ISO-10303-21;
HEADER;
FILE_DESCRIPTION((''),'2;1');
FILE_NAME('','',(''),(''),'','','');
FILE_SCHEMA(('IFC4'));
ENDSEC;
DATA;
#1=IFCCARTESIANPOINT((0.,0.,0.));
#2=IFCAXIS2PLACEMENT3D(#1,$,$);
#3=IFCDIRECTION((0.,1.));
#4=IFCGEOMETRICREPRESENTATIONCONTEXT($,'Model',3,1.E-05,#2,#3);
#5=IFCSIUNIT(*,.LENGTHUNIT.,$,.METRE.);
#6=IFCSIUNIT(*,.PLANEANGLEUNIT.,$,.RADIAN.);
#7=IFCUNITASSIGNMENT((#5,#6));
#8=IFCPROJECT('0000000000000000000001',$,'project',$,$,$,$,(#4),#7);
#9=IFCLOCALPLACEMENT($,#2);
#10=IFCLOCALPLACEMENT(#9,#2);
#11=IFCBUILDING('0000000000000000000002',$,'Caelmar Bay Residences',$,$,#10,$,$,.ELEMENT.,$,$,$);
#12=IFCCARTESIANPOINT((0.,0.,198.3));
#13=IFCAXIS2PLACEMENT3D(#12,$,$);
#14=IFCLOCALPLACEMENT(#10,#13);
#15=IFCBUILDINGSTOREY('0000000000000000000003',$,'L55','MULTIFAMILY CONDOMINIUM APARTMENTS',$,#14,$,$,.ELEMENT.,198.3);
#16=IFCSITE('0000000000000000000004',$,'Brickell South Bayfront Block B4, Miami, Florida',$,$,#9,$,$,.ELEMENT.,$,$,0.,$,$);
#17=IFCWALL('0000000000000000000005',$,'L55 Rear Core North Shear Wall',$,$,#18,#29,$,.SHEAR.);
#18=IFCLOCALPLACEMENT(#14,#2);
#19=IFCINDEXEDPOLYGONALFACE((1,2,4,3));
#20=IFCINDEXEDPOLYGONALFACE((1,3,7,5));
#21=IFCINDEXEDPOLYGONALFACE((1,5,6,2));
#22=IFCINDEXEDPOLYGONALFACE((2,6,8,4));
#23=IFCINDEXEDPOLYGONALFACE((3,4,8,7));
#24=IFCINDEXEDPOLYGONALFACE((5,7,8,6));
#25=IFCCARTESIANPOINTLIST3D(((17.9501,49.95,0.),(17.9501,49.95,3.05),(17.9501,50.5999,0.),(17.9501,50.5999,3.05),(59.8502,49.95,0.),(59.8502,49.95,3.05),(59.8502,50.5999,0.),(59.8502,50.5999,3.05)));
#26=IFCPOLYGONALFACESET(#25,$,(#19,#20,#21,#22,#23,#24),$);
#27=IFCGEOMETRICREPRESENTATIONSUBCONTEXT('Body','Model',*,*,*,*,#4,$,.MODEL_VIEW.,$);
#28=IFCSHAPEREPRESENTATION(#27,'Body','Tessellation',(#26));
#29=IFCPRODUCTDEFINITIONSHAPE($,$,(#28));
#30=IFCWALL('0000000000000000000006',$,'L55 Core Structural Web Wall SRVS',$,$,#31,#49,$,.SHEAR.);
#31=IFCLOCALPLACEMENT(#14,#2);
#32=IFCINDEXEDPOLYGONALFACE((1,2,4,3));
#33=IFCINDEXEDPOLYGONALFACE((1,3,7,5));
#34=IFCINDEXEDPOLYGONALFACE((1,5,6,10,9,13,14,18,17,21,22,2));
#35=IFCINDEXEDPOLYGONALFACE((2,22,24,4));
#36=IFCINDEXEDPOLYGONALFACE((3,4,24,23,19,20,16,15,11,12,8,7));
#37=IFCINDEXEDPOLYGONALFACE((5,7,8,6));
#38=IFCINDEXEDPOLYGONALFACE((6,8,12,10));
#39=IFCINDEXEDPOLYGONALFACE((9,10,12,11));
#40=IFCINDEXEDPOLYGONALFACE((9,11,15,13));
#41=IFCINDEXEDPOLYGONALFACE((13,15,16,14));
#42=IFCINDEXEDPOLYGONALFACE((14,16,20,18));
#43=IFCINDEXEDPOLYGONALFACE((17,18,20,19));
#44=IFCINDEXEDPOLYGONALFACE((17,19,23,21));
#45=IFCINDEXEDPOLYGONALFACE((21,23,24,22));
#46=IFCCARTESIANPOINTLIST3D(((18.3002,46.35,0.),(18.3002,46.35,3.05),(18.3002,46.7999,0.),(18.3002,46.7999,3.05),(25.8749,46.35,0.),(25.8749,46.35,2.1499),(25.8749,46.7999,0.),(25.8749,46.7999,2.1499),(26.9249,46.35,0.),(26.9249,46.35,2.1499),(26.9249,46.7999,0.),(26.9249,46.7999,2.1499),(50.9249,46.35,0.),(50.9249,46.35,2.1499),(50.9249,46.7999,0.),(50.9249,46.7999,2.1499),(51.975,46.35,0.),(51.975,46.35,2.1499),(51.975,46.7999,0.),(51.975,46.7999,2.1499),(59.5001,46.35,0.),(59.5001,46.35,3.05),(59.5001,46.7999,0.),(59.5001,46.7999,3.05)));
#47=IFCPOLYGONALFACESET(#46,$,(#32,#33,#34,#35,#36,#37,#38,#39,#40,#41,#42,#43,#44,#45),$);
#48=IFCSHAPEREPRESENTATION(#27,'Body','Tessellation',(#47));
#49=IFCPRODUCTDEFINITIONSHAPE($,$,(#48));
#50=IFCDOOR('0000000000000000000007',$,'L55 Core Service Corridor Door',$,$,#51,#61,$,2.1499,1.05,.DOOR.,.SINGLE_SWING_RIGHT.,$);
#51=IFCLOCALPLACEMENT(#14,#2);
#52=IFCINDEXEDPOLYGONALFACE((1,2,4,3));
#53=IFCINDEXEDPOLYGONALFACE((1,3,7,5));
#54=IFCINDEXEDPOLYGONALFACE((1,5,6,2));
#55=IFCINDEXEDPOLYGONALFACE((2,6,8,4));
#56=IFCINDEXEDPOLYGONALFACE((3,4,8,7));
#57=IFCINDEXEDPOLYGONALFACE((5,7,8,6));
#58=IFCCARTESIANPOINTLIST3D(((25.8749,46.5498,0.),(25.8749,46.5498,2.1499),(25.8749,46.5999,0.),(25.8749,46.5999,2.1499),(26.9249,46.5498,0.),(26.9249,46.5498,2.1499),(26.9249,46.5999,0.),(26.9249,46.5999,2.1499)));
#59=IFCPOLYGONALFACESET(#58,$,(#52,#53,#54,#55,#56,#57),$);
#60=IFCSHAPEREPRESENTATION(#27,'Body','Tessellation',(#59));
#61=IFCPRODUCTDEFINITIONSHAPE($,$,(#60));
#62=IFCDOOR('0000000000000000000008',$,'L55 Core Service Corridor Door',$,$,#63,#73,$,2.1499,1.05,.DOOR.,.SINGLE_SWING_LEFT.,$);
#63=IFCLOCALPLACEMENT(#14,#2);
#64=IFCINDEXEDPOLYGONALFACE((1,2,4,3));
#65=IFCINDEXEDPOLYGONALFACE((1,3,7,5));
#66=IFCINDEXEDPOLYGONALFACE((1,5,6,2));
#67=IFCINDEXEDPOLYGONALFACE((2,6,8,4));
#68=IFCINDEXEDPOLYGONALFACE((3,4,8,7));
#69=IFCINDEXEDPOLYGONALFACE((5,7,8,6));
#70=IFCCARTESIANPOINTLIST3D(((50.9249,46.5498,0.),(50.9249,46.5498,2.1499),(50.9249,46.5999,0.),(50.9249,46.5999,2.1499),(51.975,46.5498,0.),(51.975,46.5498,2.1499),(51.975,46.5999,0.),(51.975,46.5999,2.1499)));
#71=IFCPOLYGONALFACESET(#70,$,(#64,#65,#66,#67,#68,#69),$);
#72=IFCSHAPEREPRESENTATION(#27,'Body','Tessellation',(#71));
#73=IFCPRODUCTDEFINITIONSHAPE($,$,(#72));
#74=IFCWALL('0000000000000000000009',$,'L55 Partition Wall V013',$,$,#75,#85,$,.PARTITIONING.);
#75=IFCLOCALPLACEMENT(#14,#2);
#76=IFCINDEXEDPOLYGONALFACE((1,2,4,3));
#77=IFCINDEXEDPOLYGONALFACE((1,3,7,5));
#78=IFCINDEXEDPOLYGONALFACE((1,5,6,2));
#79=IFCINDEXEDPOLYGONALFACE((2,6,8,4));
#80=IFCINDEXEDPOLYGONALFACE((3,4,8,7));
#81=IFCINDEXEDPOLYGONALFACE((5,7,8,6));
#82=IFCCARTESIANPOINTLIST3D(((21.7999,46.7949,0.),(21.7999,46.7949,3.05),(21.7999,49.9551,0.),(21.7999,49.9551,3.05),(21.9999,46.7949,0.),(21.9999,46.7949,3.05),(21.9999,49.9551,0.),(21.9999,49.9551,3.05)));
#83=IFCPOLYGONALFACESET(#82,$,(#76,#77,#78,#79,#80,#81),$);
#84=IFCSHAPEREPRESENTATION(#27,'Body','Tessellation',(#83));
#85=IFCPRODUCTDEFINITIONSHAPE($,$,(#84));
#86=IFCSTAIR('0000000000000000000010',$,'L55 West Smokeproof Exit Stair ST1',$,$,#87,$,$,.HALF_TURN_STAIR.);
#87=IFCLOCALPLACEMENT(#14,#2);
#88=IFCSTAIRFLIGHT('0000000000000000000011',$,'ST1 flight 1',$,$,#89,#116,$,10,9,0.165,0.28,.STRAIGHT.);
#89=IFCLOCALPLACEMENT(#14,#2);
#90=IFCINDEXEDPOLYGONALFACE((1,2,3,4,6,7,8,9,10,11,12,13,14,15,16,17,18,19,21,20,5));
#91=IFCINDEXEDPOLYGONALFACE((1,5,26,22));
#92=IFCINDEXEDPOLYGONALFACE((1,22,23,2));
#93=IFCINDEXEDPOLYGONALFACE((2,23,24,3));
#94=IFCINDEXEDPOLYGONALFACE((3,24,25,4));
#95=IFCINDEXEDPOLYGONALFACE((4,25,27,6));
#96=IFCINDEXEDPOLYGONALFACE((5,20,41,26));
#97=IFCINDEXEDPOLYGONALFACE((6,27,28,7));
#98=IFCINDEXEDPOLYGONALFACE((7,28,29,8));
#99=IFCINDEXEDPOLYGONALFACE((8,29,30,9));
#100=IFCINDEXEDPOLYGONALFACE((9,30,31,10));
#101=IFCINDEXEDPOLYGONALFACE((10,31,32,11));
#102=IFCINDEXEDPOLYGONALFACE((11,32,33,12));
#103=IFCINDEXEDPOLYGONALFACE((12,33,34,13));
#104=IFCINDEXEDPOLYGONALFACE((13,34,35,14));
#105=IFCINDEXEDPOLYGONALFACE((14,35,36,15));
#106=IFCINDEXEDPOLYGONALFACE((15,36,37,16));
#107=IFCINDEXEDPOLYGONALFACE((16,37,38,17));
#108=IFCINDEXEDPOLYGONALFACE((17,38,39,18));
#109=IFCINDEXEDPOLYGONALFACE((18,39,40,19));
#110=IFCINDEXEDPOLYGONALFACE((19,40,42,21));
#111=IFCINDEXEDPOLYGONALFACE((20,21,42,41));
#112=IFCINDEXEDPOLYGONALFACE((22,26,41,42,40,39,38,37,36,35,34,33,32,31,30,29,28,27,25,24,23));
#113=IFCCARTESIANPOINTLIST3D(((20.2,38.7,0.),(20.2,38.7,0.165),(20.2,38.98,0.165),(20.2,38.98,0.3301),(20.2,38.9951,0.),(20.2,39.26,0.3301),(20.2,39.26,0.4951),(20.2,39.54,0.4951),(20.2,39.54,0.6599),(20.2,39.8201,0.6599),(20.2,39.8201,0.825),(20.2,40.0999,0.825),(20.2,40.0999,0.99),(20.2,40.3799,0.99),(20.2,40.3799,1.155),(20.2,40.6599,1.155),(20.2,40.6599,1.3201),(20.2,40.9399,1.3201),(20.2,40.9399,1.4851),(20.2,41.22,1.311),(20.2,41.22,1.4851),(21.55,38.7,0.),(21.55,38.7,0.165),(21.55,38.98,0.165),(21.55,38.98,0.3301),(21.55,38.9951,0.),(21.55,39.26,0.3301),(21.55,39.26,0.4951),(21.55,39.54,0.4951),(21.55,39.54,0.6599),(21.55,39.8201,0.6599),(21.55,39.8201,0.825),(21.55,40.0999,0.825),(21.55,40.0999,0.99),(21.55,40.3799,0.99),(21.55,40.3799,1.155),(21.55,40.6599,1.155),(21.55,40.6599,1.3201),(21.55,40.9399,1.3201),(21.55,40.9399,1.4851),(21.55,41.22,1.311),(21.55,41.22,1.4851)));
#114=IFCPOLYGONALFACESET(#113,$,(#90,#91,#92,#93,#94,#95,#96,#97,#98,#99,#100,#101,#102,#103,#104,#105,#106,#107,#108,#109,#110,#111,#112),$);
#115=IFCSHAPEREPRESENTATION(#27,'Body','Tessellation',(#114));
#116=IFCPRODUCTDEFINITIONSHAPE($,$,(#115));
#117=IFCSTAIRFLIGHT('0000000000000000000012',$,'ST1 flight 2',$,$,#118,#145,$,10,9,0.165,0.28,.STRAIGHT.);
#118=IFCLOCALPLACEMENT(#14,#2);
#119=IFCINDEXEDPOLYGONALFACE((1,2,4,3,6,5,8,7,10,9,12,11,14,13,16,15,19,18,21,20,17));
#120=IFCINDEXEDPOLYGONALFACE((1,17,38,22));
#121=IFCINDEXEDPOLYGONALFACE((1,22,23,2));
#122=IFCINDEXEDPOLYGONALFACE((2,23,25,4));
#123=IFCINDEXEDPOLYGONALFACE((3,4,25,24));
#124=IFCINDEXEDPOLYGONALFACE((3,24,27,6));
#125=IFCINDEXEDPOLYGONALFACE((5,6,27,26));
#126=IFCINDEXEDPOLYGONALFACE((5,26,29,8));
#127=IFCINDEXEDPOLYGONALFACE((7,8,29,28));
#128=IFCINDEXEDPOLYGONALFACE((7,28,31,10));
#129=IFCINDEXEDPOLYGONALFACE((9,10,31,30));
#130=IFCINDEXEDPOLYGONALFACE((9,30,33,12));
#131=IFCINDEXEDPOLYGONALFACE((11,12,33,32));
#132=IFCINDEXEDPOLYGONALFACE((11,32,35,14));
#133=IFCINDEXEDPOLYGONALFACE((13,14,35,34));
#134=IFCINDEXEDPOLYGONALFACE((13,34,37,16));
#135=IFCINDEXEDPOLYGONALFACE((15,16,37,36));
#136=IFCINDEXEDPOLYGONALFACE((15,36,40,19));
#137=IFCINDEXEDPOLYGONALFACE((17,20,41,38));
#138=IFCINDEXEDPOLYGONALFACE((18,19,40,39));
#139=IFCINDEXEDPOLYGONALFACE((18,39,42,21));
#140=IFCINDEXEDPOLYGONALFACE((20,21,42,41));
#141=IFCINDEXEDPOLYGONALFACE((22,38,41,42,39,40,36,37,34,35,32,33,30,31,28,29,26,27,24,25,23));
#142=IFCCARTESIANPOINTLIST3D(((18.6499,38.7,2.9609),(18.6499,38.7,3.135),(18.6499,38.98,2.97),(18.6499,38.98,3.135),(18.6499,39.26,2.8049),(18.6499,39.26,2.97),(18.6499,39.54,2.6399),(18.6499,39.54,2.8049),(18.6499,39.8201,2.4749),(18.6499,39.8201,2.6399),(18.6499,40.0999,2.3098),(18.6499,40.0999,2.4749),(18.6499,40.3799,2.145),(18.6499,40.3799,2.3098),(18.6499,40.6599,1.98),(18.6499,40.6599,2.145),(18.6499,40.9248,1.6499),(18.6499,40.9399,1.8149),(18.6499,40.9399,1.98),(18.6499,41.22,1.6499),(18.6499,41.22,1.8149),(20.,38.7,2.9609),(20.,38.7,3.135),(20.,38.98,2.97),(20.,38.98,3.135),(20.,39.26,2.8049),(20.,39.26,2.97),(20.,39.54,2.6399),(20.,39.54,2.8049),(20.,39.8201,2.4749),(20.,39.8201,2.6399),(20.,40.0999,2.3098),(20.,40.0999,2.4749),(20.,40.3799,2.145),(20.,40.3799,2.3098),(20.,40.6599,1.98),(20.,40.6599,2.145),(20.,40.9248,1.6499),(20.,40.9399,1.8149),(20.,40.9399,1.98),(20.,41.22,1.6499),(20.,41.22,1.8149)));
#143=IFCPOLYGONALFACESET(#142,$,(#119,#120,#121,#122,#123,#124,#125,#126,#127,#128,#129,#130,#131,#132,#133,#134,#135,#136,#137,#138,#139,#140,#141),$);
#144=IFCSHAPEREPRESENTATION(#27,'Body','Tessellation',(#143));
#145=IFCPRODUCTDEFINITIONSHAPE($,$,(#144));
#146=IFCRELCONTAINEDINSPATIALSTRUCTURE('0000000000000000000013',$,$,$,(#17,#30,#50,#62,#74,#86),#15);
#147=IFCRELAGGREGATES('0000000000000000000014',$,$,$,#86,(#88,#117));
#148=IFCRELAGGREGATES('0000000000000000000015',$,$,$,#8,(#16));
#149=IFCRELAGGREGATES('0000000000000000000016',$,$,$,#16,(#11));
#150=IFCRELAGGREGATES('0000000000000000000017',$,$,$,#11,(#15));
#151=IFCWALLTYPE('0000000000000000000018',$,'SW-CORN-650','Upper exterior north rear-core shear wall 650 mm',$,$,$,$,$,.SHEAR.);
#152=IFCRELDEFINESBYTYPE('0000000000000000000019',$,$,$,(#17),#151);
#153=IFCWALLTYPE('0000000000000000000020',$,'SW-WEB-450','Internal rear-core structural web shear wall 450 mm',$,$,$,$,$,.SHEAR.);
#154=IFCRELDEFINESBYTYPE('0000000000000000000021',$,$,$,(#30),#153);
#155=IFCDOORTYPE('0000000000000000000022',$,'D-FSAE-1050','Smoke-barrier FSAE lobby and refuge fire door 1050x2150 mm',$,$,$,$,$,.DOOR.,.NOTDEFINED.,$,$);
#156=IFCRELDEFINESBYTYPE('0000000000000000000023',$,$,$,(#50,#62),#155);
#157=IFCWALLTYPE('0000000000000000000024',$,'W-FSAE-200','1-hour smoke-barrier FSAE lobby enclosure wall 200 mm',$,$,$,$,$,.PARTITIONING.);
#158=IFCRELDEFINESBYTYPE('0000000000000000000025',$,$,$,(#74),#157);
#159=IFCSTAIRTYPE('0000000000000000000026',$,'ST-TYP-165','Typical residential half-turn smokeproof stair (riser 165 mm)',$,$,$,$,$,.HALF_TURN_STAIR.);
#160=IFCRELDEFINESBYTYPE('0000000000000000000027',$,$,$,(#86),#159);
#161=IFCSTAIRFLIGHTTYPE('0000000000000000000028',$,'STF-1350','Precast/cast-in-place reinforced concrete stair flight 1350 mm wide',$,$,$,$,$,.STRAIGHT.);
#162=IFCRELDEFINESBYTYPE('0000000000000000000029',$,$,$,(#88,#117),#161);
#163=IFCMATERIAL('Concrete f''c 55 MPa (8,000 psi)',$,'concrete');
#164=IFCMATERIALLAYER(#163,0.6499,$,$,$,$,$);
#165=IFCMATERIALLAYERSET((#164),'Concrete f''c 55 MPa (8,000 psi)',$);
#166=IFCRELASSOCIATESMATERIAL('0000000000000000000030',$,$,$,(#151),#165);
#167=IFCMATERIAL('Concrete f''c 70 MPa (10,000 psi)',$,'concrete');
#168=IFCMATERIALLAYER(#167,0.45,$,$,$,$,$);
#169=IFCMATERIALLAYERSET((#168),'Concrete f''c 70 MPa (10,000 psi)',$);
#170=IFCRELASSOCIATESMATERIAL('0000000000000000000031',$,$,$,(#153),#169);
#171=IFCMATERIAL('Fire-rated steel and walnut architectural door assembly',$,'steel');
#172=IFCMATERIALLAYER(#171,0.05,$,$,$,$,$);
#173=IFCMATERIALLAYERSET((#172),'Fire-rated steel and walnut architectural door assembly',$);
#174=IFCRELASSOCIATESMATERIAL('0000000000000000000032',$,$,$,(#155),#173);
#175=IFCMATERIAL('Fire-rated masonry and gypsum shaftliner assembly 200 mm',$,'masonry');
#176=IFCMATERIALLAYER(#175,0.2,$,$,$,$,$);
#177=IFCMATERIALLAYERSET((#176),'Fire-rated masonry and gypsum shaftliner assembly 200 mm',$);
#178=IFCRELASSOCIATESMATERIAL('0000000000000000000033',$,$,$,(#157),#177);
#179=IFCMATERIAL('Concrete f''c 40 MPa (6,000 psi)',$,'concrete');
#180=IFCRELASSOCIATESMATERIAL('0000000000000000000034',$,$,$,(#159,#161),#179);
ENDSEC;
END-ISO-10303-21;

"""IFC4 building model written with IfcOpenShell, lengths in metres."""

from ifc_helpers import new_model, si_unit, direction, frame, frame_2d, origin, place, context, subcontext, project, spatial, polyline, rectangle, outline, extrude, material, layer, layer_set, type_object, element, fill, aggregate, save


model = new_model("IFC4")

# Units and contexts
model_context = context("Model", 3, precision=1e-05, world=origin(), true_north=direction((0.0, 1.0)))
body_context = subcontext(model_context, "Body", "Model", "MODEL_VIEW")
ifc_project = project(units=[si_unit("LENGTHUNIT", "METRE"), si_unit("PLANEANGLEUNIT", "RADIAN")], contexts=[model_context])

# Site, building, storey
site_placement = place(None, origin())
site = spatial("IfcSite", under=ifc_project, at=site_placement, Name="Brickell South Bayfront Block B4, Miami, Florida", CompositionType="ELEMENT", RefElevation=0.0)
building_placement = place(site_placement, origin())
building = spatial("IfcBuilding", under=site, at=building_placement, Name="Caelmar Bay Residences", CompositionType="ELEMENT")
storey_placement = place(building_placement, frame((0.0, 0.0, 198.3)))
storey = spatial("IfcBuildingStorey", under=building, at=storey_placement, Name="L55", Description="MULTIFAMILY CONDOMINIUM APARTMENTS", CompositionType="ELEMENT", Elevation=198.3)

# Wall
ifc_material_1 = material(Name="Concrete f'c 55 MPa (8,000 psi)", Category="concrete")
ifc_layer_1 = layer(ifc_material_1, 0.6499)
ifc_layer_set_1 = layer_set([ifc_layer_1], Name="Concrete f'c 55 MPa (8,000 psi)")
wall_type_1 = type_object("IfcWallType", Name="SW-CORN-650", Description="Upper exterior north rear-core shear wall 650 mm", PredefinedType="SHEAR", material=ifc_layer_set_1)
wall_1_placement = place(storey_placement, frame((17.95, 50.2749, 0.0), z_axis=(0.0, 0.0, 1.0), x_axis=(1.0, 0.0, 0.0)))
element("IfcWall", 1, at=wall_1_placement, inside=storey, type_object=wall_type_1, Name="L55 Rear Core North Shear Wall", PredefinedType="SHEAR", context=body_context, shape_type="SweptSolid", body=[
    extrude(rectangle(XDim=41.9001, YDim=0.6499, at=frame_2d((20.9502, 0.0))), origin(), (0.0, 0.0, 1.0), 3.05),
])

# Wall, openings, doors
ifc_material_2 = material(Name="Concrete f'c 70 MPa (10,000 psi)", Category="concrete")
ifc_layer_2 = layer(ifc_material_2, 0.45)
ifc_layer_set_2 = layer_set([ifc_layer_2], Name="Concrete f'c 70 MPa (10,000 psi)")
wall_type_2 = type_object("IfcWallType", Name="SW-WEB-450", Description="Internal rear-core structural web shear wall 450 mm", PredefinedType="SHEAR", material=ifc_layer_set_2)
wall_2_placement = place(storey_placement, frame((18.3, 46.575, 0.0), z_axis=(0.0, 0.0, 1.0), x_axis=(1.0, 0.0, 0.0)))
wall_2 = element("IfcWall", 2, at=wall_2_placement, inside=storey, type_object=wall_type_2, Name="L55 Core Structural Web Wall SRVS", PredefinedType="SHEAR", context=body_context, shape_type="SweptSolid", body=[
    extrude(rectangle(XDim=41.2, YDim=0.45, at=frame_2d((20.6001, 0.0))), origin(), (0.0, 0.0, 1.0), 3.05),
])
opening_1_placement = place(wall_2_placement, frame((7.575, 0.0, 0.0)))
opening_1 = element("IfcOpeningElement", 3, at=opening_1_placement, cuts=wall_2, PredefinedType="OPENING", context=body_context, shape_type="SweptSolid", body=[
    extrude(rectangle(XDim=1.05, YDim=2.1499, at=frame_2d((0.5249, 1.075))), frame((0.0, 0.2349, 0.0), z_axis=(0.0, -1.0, 0.0), x_axis=(1.0, 0.0, 0.0)), (0.0, 0.0, 1.0), 0.47),
])
opening_2_placement = place(wall_2_placement, frame((32.625, 0.0, 0.0)))
opening_2 = element("IfcOpeningElement", 4, at=opening_2_placement, cuts=wall_2, PredefinedType="OPENING", context=body_context, shape_type="SweptSolid", body=[
    extrude(rectangle(XDim=1.05, YDim=2.1499, at=frame_2d((0.5249, 1.075))), frame((0.0, 0.2349, 0.0), z_axis=(0.0, -1.0, 0.0), x_axis=(1.0, 0.0, 0.0)), (0.0, 0.0, 1.0), 0.47),
])
ifc_material_3 = material(Name="Fire-rated steel and walnut architectural door assembly", Category="steel")
ifc_layer_3 = layer(ifc_material_3, 0.05)
ifc_layer_set_3 = layer_set([ifc_layer_3], Name="Fire-rated steel and walnut architectural door assembly")
door_type = type_object("IfcDoorType", Name="D-FSAE-1050", Description="Smoke-barrier FSAE lobby and refuge fire door 1050x2150 mm", OperationType="NOTDEFINED", PredefinedType="DOOR", material=ifc_layer_set_3)
door_1_placement = place(opening_1_placement, origin())
door_1 = element("IfcDoor", 5, at=door_1_placement, inside=storey, type_object=door_type, Name="L55 Core Service Corridor Door", OperationType="SINGLE_SWING_RIGHT", OverallHeight=2.1499, OverallWidth=1.05, PredefinedType="DOOR", context=body_context, shape_type="SweptSolid", body=[
    extrude(rectangle(XDim=1.05, YDim=2.1499, at=frame_2d((0.5249, 1.075))), frame((0.0, 0.0249, 0.0), z_axis=(0.0, -1.0, 0.0), x_axis=(1.0, 0.0, 0.0)), (0.0, 0.0, 1.0), 0.05),
])
fill(opening_1, door_1)
door_2_placement = place(opening_2_placement, origin())
door_2 = element("IfcDoor", 6, at=door_2_placement, inside=storey, type_object=door_type, Name="L55 Core Service Corridor Door", OperationType="SINGLE_SWING_LEFT", OverallHeight=2.1499, OverallWidth=1.05, PredefinedType="DOOR", context=body_context, shape_type="SweptSolid", body=[
    extrude(rectangle(XDim=1.05, YDim=2.1499, at=frame_2d((0.5249, 1.075))), frame((0.0, 0.0249, 0.0), z_axis=(0.0, -1.0, 0.0), x_axis=(1.0, 0.0, 0.0)), (0.0, 0.0, 1.0), 0.05),
])
fill(opening_2, door_2)

# Wall
ifc_material_4 = material(Name="Fire-rated masonry and gypsum shaftliner assembly 200 mm", Category="masonry")
ifc_layer_4 = layer(ifc_material_4, 0.2)
ifc_layer_set_4 = layer_set([ifc_layer_4], Name="Fire-rated masonry and gypsum shaftliner assembly 200 mm")
wall_type_3 = type_object("IfcWallType", Name="W-FSAE-200", Description="1-hour smoke-barrier FSAE lobby enclosure wall 200 mm", PredefinedType="PARTITIONING", material=ifc_layer_set_4)
wall_3_placement = place(storey_placement, frame((21.8999, 46.7949, 0.0), z_axis=(0.0, 0.0, 1.0), x_axis=(0.0, 1.0, 0.0)))
element("IfcWall", 7, at=wall_3_placement, inside=storey, type_object=wall_type_3, Name="L55 Partition Wall V013", PredefinedType="PARTITIONING", context=body_context, shape_type="SweptSolid", body=[
    extrude(rectangle(XDim=3.1602, YDim=0.2, at=frame_2d((1.5801, 0.0))), origin(), (0.0, 0.0, 1.0), 3.05),
])

# Stair, stair flights
ifc_material_5 = material(Name="Concrete f'c 40 MPa (6,000 psi)", Category="concrete")
stair_type = type_object("IfcStairType", Name="ST-TYP-165", Description="Typical residential half-turn smokeproof stair (riser 165 mm)", PredefinedType="HALF_TURN_STAIR", material=ifc_material_5)
stair_placement = place(storey_placement, origin())
stair = element("IfcStair", 8, at=stair_placement, inside=storey, type_object=stair_type, Name="L55 West Smokeproof Exit Stair ST1", PredefinedType="HALF_TURN_STAIR")
stair_flight_type = type_object("IfcStairFlightType", Name="STF-1350", Description="Precast/cast-in-place reinforced concrete stair flight 1350 mm wide", PredefinedType="STRAIGHT", material=ifc_material_5)
stair_flight_1_placement = place(storey_placement, frame((20.875, 38.7, 0.0), z_axis=(0.0, 0.0, 1.0), x_axis=(0.0, 1.0, 0.0)))
stair_flight_1 = element("IfcStairFlight", 9, at=stair_flight_1_placement, type_object=stair_flight_type, Name="ST1 flight 1", NumberOfRisers=10, NumberOfTreads=9, PredefinedType="STRAIGHT", RiserHeight=0.165, TreadLength=0.28, context=body_context, shape_type="SweptSolid", body=[
    extrude(outline(polyline([(0.0, 0.0), (0.0, 0.165), (0.28, 0.165), (0.28, 0.3301), (0.5601, 0.3301), (0.5601, 0.4951), (0.8401, 0.4951), (0.8401, 0.6599), (1.1201, 0.6599), (1.1201, 0.825), (1.3999, 0.825), (1.3999, 0.99), (1.6799, 0.99), (1.6799, 1.155), (1.96, 1.155), (1.96, 1.3201), (2.24, 1.3201), (2.24, 1.4851), (2.52, 1.4851), (2.52, 1.6499), (2.52, 1.311), (0.2952, 0.0), (0.0, 0.0)])), frame((0.0, 0.675, 0.0), z_axis=(0.0, -1.0, 0.0), x_axis=(1.0, 0.0, 0.0)), (0.0, 0.0, 1.0), 1.3501),
])
stair_flight_2_placement = place(storey_placement, frame((19.325, 41.22, 1.6499), z_axis=(0.0, 0.0, 1.0), x_axis=(0.0, -1.0, 0.0)))
stair_flight_2 = element("IfcStairFlight", 10, at=stair_flight_2_placement, type_object=stair_flight_type, Name="ST1 flight 2", NumberOfRisers=10, NumberOfTreads=9, PredefinedType="STRAIGHT", RiserHeight=0.165, TreadLength=0.28, context=body_context, shape_type="SweptSolid", body=[
    extrude(outline(polyline([(0.0, 0.0), (0.0, 0.165), (0.28, 0.165), (0.28, 0.3301), (0.5601, 0.3301), (0.5601, 0.4951), (0.8401, 0.4951), (0.8401, 0.6599), (1.1201, 0.6599), (1.1201, 0.825), (1.3999, 0.825), (1.3999, 0.99), (1.6799, 0.99), (1.6799, 1.155), (1.96, 1.155), (1.96, 1.3201), (2.24, 1.3201), (2.24, 1.4851), (2.52, 1.4851), (2.52, 1.6499), (2.52, 1.311), (0.2952, 0.0), (0.0, 0.0)])), frame((0.0, 0.675, 0.0), z_axis=(0.0, -1.0, 0.0), x_axis=(1.0, 0.0, 0.0)), (0.0, 0.0, 1.0), 1.3501),
])
aggregate(stair, [stair_flight_1, stair_flight_2])

save(model, "model.ifc")
